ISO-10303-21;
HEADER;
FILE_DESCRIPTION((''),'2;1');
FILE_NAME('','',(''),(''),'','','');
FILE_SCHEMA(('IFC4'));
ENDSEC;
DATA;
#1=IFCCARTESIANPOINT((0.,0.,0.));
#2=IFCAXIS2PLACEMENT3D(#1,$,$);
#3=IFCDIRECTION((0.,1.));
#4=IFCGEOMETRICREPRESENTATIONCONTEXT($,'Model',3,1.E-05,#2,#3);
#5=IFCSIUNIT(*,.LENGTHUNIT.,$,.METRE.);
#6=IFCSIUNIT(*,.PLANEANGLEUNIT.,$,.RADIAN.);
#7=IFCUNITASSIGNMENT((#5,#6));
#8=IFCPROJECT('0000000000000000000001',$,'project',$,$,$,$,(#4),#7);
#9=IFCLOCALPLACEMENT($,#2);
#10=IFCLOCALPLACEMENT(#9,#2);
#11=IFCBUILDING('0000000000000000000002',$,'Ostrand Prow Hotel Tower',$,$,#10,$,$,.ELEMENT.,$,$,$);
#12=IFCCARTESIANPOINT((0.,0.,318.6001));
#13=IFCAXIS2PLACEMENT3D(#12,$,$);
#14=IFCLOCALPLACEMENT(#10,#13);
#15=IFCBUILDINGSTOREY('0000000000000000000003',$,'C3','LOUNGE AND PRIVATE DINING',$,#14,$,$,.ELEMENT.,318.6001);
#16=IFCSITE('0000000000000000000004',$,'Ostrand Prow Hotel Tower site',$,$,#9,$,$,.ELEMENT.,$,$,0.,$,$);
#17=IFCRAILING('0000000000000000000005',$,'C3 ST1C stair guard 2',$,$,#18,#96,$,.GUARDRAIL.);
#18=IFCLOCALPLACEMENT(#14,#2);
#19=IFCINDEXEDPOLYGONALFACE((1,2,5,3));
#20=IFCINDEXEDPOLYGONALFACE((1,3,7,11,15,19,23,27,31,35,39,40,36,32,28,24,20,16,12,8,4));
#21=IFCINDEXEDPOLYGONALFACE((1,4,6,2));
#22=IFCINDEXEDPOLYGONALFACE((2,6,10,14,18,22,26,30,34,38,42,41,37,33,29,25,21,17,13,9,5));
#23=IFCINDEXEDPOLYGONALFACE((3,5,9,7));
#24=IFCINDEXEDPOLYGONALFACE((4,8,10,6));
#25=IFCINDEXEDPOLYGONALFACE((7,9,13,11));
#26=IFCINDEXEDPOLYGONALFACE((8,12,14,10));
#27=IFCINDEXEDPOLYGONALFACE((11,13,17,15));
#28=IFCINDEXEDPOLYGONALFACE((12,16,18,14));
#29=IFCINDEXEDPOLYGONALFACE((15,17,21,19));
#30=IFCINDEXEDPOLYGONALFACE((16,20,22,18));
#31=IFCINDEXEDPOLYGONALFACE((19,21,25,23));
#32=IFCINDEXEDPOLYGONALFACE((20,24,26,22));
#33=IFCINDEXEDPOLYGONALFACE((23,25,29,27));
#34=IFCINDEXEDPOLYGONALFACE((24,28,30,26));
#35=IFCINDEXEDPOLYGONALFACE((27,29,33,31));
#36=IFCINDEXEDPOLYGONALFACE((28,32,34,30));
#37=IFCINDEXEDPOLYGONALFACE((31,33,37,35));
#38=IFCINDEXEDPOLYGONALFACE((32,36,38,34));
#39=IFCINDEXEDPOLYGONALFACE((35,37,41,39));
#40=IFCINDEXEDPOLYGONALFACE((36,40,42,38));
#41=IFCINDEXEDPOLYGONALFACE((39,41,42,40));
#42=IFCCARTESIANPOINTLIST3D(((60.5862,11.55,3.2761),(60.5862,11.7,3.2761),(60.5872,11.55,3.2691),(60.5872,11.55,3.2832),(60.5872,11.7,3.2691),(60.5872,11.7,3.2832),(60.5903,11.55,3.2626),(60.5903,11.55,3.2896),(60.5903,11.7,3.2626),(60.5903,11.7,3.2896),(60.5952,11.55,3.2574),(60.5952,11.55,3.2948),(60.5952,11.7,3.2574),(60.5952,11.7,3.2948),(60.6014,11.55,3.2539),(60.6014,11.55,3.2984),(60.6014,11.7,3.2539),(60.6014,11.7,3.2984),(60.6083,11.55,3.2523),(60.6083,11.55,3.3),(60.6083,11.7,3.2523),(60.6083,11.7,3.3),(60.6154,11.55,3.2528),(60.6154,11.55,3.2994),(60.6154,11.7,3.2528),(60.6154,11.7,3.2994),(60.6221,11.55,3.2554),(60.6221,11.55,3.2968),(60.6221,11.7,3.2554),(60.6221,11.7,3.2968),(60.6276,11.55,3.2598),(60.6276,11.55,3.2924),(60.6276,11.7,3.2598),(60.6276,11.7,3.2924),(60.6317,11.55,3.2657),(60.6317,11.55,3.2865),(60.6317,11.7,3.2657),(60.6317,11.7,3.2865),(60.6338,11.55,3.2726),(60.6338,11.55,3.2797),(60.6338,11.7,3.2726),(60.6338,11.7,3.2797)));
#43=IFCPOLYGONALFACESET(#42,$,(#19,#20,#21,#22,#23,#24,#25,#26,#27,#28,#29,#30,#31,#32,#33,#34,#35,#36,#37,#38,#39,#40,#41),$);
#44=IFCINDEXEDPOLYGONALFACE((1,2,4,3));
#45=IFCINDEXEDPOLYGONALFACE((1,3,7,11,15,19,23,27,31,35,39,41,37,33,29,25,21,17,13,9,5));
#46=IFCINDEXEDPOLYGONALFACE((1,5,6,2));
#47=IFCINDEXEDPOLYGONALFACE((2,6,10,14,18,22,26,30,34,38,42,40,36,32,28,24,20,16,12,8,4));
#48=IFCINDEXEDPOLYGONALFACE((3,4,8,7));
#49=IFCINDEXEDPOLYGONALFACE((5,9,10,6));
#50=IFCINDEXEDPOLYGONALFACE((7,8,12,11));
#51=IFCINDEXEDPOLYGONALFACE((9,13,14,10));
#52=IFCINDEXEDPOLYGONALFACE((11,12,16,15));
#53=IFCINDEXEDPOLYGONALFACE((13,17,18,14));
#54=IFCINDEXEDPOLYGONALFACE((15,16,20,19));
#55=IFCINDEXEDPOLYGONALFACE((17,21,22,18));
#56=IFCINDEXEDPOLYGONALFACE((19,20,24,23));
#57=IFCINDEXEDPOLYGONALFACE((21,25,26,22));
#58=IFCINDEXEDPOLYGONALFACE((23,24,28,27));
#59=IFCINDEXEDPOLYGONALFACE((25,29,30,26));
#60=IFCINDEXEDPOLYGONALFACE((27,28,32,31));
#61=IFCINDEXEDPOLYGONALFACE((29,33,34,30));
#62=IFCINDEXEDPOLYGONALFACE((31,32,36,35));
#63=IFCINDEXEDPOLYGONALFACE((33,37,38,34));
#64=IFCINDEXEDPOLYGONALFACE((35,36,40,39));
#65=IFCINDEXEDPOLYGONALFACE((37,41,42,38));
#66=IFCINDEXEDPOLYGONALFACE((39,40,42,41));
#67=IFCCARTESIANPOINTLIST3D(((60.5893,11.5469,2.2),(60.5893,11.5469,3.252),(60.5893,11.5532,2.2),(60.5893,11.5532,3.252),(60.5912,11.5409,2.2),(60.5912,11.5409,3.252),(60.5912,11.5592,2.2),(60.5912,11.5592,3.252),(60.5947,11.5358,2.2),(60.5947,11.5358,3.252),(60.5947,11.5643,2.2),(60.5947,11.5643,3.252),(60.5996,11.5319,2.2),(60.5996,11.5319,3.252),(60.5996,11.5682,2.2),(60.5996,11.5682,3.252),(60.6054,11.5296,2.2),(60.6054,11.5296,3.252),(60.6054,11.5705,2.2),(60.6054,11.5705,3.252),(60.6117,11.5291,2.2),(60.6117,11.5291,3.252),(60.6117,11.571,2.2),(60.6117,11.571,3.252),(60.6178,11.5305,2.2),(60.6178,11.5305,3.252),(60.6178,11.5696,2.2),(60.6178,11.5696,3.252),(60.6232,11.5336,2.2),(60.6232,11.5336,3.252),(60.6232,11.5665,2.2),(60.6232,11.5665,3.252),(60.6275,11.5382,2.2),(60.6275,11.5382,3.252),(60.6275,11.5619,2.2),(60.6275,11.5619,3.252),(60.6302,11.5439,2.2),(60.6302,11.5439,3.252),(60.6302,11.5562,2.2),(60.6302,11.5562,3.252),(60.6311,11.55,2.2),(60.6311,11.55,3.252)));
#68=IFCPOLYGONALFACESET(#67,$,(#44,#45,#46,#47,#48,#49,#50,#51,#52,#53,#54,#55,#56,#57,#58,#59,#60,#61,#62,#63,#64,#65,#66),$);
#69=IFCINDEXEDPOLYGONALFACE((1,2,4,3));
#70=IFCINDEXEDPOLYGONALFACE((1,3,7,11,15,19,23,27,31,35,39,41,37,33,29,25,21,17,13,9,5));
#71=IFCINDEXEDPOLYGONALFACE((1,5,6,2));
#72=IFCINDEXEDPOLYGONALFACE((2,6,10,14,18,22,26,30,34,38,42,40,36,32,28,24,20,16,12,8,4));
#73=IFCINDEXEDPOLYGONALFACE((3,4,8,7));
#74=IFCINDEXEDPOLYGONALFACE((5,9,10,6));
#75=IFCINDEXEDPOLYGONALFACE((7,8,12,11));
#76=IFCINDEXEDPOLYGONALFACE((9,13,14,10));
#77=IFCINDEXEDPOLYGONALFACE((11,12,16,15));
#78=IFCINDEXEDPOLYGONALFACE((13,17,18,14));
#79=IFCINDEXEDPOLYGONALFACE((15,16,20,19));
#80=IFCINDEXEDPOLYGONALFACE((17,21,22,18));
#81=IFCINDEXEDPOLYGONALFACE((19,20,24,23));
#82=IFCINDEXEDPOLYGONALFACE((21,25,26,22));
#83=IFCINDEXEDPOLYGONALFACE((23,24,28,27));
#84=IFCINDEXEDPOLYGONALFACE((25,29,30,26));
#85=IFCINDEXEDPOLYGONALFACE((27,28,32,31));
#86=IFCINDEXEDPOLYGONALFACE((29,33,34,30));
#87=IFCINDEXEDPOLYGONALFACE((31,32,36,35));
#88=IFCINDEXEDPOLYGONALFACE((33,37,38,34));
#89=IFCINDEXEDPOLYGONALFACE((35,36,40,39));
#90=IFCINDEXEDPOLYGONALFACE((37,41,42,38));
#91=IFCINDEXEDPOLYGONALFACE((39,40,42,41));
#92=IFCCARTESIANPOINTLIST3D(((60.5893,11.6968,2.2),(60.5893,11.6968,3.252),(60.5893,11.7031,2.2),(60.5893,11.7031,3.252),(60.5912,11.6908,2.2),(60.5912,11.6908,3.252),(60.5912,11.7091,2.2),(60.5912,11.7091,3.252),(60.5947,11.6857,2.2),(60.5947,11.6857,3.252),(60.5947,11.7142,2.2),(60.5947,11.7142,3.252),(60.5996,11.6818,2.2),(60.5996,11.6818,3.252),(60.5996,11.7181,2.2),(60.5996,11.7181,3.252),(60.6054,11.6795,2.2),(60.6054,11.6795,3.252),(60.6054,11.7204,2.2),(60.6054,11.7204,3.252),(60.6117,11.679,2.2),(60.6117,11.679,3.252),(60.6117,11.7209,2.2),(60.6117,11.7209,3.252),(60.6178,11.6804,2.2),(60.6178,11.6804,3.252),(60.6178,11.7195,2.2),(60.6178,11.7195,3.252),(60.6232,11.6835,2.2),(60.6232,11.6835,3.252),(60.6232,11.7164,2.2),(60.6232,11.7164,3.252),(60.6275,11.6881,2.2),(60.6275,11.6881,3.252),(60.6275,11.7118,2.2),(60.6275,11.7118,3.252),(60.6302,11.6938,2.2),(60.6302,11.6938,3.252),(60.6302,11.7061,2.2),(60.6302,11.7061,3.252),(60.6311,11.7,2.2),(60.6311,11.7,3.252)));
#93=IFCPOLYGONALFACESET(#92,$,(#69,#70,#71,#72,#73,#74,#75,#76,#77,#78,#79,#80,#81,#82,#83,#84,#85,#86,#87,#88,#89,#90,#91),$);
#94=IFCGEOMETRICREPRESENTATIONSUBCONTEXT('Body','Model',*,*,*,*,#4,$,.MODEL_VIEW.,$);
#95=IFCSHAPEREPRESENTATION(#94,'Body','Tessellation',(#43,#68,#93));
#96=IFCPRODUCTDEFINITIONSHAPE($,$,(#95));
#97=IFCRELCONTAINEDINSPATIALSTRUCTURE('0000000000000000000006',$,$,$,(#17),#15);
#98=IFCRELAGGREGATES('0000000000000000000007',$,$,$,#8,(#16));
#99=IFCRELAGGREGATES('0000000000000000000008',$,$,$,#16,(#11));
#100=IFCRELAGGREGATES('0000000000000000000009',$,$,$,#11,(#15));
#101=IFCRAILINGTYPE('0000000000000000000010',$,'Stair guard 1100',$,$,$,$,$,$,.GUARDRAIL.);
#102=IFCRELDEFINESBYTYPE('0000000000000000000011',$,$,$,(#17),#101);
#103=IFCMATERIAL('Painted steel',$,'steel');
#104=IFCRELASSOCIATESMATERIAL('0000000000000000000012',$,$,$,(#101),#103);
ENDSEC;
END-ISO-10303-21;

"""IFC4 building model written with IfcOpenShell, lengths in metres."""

from ifc_helpers import new_model, si_unit, direction, frame, origin, origin_2d, place, context, subcontext, project, spatial, circle, extrude, material, type_object, element, save


model = new_model("IFC4")

# Units and contexts
model_context = context("Model", 3, precision=1e-05, world=origin(), true_north=direction((0.0, 1.0)))
body_context = subcontext(model_context, "Body", "Model", "MODEL_VIEW")
ifc_project = project(units=[si_unit("LENGTHUNIT", "METRE"), si_unit("PLANEANGLEUNIT", "RADIAN")], contexts=[model_context])

# Site, building, storey
site_placement = place(None, origin())
site = spatial("IfcSite", under=ifc_project, at=site_placement, Name="Ostrand Prow Hotel Tower site", CompositionType="ELEMENT", RefElevation=0.0)
building_placement = place(site_placement, origin())
building = spatial("IfcBuilding", under=site, at=building_placement, Name="Ostrand Prow Hotel Tower", CompositionType="ELEMENT")
storey_placement = place(building_placement, frame((0.0, 0.0, 318.6001)))
storey = spatial("IfcBuildingStorey", under=building, at=storey_placement, Name="C3", Description="LOUNGE AND PRIVATE DINING", CompositionType="ELEMENT", Elevation=318.6001)

# Railing
ifc_material_1 = material(Name="Painted steel", Category="steel")
railing_type_1 = type_object("IfcRailingType", Name="Stair guard 1100", PredefinedType="GUARDRAIL", material=ifc_material_1)
railing_1_placement = place(storey_placement, frame((60.6101, 11.55, 2.2)))
element("IfcRailing", 1, at=railing_1_placement, inside=storey, type_object=railing_type_1, Name="C3 ST1C stair guard 2", PredefinedType="GUARDRAIL", context=body_context, shape_type="SweptSolid", body=[
    extrude(circle(Radius=0.0239, at=origin_2d()), frame((0.0, 0.0, 1.0762), z_axis=(0.0, 1.0, 0.0), x_axis=(-1.0, 0.0, 0.0)), (0.0, 0.0, 1.0), 0.1499),
    extrude(circle(Radius=0.021, at=origin_2d()), origin(), (0.0, 0.0, 1.0), 1.052),
    extrude(circle(Radius=0.021, at=origin_2d()), frame((0.0, 0.1499, 0.0)), (0.0, 0.0, 1.0), 1.052),
])

save(model, "model.ifc")
